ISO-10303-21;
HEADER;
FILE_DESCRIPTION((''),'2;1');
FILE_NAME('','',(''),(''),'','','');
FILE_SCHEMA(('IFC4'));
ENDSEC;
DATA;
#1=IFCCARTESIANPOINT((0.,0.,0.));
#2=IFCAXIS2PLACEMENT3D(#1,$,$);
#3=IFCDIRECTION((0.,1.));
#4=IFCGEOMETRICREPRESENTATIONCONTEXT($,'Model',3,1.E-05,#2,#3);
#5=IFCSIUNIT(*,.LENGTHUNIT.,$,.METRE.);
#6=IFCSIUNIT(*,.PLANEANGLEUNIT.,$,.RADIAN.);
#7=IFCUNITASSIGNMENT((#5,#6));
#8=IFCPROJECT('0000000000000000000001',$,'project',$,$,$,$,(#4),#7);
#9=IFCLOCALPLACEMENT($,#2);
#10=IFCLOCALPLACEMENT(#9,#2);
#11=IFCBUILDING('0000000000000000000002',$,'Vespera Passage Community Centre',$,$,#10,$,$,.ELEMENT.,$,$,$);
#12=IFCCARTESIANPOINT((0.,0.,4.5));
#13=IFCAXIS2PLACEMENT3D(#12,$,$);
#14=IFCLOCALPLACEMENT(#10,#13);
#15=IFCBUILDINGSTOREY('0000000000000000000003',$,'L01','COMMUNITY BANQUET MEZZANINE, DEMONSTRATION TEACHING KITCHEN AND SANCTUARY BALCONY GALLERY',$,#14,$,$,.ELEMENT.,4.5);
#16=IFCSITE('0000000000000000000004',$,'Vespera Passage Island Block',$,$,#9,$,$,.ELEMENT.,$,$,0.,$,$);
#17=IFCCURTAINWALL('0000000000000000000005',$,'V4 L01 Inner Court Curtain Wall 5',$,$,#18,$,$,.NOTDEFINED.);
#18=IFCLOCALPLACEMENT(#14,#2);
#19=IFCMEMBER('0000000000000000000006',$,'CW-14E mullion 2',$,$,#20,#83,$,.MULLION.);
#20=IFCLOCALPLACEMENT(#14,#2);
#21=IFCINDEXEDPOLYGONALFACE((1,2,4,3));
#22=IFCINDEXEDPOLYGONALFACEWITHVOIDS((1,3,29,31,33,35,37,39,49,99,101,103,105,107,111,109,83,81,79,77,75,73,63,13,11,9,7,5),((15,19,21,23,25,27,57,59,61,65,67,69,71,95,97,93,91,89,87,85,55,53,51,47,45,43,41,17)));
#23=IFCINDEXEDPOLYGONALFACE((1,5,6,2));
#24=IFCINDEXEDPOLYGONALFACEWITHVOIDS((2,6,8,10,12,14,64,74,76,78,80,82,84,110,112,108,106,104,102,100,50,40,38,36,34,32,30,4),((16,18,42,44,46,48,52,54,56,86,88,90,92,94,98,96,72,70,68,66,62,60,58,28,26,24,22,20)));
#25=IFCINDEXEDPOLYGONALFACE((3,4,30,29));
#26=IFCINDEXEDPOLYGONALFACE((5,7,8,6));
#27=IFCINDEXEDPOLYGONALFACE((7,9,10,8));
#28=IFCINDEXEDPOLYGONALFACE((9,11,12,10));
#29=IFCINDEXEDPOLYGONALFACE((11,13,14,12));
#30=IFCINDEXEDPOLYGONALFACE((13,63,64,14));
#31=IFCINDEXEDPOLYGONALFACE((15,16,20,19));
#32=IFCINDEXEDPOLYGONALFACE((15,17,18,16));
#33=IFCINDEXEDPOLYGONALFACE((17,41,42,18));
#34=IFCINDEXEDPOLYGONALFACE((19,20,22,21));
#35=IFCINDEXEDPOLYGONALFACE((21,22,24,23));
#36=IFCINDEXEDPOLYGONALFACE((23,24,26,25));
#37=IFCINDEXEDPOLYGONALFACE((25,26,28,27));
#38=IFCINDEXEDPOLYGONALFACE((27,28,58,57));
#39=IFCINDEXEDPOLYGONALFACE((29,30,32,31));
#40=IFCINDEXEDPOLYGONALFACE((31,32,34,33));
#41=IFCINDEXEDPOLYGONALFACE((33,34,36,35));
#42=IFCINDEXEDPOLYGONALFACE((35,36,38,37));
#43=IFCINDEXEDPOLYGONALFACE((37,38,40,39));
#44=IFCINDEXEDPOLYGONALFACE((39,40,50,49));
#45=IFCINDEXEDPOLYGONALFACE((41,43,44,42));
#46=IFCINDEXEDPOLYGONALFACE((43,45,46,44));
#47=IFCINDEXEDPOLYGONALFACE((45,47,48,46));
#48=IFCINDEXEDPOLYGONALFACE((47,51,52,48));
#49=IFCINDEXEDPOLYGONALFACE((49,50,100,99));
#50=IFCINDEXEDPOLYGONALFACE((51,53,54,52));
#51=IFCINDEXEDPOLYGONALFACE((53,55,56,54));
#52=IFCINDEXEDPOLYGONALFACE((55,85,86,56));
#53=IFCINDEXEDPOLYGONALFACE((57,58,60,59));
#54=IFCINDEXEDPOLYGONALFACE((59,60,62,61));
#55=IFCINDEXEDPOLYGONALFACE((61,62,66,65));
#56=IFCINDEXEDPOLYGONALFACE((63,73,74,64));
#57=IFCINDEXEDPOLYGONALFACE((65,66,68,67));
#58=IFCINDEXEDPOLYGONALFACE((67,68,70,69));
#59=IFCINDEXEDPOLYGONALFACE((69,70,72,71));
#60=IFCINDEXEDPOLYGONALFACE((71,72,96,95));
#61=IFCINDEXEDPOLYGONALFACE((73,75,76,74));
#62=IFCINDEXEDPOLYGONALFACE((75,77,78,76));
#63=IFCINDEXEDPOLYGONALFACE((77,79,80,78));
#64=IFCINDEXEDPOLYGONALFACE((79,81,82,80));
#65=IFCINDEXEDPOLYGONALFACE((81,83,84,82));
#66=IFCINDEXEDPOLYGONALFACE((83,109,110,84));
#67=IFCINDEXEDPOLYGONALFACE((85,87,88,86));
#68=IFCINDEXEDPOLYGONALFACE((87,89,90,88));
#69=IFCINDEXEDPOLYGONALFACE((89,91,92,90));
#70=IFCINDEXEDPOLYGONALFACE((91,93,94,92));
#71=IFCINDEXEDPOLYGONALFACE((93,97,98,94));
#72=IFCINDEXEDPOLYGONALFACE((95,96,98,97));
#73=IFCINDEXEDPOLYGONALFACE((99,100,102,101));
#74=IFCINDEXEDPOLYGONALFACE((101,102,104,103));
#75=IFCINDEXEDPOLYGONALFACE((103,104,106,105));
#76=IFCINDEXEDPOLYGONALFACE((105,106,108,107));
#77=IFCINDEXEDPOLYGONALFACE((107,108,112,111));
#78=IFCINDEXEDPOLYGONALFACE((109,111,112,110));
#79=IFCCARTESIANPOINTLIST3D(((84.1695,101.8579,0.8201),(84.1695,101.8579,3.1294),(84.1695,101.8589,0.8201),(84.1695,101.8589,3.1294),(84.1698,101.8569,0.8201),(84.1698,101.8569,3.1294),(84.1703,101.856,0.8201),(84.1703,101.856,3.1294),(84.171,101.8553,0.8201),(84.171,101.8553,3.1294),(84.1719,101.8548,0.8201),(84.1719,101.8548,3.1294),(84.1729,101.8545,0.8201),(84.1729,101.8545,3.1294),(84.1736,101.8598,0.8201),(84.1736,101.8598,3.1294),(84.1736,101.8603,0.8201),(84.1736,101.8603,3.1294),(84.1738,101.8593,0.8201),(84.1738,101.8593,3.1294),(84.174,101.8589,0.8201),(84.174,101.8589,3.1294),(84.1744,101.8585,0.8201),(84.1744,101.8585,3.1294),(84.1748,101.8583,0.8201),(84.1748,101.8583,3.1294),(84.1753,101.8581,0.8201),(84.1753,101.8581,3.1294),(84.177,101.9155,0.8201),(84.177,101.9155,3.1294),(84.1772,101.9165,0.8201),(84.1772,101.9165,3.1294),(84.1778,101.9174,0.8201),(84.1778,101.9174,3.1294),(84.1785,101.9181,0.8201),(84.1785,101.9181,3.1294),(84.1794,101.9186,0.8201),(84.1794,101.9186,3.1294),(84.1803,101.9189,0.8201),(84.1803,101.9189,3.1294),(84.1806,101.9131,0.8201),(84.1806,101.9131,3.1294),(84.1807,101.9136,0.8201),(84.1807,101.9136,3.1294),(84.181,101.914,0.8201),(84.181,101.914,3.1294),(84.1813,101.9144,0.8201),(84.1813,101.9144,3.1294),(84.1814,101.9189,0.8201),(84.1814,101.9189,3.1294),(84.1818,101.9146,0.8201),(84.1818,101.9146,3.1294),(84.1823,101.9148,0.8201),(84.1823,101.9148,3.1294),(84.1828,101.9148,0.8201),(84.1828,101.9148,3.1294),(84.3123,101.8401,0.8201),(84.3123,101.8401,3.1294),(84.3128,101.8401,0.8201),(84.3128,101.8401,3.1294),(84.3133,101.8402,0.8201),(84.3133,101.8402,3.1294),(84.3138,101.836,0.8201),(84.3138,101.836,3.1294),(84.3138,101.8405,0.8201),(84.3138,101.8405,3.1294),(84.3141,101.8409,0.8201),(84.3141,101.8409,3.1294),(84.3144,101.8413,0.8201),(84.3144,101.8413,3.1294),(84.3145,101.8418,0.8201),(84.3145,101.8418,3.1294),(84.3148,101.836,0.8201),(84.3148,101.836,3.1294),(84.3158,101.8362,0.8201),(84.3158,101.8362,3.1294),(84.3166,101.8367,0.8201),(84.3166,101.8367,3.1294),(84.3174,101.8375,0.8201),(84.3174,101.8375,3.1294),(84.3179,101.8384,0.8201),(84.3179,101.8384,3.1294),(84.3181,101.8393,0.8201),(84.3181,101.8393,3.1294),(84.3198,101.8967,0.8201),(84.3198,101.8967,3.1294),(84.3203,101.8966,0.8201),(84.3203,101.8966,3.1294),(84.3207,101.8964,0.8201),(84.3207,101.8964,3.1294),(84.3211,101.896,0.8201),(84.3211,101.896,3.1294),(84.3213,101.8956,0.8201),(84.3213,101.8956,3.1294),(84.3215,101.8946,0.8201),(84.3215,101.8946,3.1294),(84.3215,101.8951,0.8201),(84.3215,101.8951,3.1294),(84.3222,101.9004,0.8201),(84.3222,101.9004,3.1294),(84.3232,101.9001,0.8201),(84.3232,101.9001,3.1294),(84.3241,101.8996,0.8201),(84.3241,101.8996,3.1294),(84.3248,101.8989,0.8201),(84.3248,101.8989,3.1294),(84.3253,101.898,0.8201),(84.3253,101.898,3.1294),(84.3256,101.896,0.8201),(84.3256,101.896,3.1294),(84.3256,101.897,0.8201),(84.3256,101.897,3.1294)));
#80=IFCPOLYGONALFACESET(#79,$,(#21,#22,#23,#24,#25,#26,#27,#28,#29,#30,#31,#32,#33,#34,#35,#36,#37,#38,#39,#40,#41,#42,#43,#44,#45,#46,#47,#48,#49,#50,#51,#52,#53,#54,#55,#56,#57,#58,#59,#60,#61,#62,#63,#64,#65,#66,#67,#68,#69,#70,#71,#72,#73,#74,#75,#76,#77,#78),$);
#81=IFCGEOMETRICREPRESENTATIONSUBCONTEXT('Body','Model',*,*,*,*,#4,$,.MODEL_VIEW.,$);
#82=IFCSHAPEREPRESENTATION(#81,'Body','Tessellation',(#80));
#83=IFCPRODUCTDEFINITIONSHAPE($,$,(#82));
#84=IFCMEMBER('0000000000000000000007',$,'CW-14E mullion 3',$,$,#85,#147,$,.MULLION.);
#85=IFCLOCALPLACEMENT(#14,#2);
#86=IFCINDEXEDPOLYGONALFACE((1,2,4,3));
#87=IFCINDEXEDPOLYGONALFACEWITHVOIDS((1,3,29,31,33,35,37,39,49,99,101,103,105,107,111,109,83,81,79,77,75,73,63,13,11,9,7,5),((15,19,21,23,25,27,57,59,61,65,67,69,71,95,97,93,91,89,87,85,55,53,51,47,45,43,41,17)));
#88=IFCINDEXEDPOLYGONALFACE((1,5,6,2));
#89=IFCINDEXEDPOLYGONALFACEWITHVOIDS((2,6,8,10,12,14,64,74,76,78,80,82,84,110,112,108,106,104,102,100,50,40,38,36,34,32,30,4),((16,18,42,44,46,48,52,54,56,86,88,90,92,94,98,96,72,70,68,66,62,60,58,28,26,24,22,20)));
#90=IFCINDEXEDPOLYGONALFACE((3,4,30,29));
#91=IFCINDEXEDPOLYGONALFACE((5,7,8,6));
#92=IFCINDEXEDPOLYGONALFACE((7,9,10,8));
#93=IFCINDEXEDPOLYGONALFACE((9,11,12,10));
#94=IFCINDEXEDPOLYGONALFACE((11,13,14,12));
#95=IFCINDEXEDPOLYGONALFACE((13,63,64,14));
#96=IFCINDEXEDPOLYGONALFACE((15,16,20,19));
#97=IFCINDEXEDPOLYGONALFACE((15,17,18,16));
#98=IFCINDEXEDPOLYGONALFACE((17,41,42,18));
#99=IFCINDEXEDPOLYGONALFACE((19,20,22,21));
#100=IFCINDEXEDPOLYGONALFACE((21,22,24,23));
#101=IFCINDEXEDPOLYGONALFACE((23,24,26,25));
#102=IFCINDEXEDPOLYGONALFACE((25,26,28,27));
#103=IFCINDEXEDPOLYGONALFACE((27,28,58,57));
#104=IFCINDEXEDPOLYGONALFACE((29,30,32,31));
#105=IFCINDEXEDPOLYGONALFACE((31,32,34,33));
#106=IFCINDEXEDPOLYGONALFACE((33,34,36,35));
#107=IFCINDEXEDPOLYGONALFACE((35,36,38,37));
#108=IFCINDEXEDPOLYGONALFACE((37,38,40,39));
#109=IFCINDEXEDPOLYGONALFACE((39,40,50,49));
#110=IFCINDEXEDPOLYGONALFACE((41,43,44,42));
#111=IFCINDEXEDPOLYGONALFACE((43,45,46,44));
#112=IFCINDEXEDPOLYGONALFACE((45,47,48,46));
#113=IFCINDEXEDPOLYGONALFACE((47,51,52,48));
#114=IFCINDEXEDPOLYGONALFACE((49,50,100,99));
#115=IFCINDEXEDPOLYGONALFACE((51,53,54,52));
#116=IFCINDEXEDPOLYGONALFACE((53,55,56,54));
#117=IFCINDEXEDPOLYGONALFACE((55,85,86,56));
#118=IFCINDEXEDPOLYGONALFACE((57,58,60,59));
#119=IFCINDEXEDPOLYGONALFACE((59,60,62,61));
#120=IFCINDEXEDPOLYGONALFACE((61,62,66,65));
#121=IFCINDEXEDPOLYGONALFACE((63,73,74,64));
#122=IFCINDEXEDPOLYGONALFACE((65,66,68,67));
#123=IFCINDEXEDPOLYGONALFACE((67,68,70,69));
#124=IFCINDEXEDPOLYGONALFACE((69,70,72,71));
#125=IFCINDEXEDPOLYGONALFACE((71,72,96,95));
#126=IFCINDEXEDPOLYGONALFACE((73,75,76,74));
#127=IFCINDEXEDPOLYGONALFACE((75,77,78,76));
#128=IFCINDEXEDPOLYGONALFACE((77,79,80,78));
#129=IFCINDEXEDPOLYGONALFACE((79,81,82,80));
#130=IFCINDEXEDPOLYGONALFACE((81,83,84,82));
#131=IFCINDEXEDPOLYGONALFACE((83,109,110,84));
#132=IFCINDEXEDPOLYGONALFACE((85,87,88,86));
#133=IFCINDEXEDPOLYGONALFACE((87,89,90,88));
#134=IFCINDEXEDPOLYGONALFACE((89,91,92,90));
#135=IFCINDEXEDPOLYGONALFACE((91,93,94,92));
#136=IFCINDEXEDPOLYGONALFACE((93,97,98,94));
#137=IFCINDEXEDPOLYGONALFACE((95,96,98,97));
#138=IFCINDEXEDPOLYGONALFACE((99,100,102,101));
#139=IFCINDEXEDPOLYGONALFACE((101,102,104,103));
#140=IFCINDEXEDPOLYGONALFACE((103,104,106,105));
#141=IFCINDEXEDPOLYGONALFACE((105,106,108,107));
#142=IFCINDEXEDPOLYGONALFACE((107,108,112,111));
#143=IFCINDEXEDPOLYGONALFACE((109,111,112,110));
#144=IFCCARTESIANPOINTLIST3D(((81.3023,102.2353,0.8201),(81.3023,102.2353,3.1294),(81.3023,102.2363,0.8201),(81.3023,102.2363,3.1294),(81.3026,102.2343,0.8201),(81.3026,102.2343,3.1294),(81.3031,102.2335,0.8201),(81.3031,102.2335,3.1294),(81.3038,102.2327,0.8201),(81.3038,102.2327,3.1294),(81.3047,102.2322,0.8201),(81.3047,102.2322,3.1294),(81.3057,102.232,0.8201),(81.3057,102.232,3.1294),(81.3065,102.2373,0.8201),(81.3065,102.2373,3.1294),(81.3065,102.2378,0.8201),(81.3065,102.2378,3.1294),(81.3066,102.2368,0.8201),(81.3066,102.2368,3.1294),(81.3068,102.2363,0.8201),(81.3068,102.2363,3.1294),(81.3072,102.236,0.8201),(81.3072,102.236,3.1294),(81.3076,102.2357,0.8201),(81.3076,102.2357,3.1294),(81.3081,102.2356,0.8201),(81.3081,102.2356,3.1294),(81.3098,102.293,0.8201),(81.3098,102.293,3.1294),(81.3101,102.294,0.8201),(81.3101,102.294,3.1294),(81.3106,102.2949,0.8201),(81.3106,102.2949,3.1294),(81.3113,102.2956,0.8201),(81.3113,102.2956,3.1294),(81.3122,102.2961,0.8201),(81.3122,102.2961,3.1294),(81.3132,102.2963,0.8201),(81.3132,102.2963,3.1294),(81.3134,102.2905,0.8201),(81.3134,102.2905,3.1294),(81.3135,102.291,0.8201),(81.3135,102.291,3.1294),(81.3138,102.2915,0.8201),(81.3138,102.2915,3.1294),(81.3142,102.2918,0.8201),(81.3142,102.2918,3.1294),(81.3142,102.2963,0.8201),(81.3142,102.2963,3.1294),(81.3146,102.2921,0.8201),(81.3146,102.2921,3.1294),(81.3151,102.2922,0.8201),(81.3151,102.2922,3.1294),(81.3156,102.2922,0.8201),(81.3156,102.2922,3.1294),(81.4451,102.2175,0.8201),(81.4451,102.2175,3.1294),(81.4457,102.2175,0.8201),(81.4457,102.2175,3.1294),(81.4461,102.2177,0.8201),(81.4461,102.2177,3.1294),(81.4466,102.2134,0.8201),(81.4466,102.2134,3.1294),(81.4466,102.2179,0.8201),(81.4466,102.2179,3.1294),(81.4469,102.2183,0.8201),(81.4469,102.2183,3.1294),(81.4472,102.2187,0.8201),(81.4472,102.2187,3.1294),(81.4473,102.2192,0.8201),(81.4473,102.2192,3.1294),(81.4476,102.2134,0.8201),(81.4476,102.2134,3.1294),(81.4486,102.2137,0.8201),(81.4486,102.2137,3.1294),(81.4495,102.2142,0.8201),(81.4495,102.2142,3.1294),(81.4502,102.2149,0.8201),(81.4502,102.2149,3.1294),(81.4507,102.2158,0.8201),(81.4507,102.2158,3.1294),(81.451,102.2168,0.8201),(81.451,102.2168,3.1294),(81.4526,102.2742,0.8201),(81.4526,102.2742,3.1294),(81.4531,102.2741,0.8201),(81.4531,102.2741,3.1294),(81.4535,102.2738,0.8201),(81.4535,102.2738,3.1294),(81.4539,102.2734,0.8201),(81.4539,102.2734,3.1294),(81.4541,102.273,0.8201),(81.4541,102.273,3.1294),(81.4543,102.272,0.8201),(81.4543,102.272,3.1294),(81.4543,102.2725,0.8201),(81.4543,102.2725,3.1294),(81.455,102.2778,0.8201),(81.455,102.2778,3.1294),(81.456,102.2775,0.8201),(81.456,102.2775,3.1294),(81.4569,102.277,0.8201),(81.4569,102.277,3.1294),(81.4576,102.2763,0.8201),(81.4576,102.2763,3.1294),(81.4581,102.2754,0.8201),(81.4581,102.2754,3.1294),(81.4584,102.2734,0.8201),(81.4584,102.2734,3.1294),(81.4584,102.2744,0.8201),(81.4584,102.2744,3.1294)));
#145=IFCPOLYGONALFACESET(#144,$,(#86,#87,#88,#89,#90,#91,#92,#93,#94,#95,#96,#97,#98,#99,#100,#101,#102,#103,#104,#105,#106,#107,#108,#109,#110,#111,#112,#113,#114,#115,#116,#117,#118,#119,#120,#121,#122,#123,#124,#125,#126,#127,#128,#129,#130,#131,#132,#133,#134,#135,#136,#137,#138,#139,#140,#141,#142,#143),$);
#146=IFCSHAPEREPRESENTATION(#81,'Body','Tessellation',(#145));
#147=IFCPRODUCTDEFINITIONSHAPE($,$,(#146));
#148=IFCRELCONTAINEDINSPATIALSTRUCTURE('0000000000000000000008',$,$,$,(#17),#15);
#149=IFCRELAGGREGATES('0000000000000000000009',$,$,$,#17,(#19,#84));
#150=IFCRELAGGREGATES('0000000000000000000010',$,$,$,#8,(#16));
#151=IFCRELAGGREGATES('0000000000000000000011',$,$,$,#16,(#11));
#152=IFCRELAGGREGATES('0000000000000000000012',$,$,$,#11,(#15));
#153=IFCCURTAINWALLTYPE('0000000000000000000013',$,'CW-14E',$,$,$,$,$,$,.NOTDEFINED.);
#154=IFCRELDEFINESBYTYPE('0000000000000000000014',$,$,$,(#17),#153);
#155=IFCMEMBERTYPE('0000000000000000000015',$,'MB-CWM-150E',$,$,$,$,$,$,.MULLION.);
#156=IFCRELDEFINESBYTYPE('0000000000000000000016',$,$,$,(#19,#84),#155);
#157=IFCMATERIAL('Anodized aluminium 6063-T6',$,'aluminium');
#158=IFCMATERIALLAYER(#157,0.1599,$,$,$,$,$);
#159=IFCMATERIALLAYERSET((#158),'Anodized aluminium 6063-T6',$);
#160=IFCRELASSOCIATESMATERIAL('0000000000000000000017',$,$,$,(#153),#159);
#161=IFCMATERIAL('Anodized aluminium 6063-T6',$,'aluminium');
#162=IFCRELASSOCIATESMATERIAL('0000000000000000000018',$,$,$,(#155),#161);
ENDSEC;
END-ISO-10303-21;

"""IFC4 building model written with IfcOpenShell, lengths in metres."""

from ifc_helpers import new_model, si_unit, direction, frame, origin, origin_2d, place, context, subcontext, project, spatial, hollow_rectangle, extrude, material, layer, layer_set, material_profile, profile_set, type_object, element, aggregate, save


model = new_model("IFC4")

# Units and contexts
model_context = context("Model", 3, precision=1e-05, world=origin(), true_north=direction((0.0, 1.0)))
body_context = subcontext(model_context, "Body", "Model", "MODEL_VIEW")
ifc_project = project(units=[si_unit("LENGTHUNIT", "METRE"), si_unit("PLANEANGLEUNIT", "RADIAN")], contexts=[model_context])

# Site, building, storey
site_placement = place(None, origin())
site = spatial("IfcSite", under=ifc_project, at=site_placement, Name="Vespera Passage Island Block", CompositionType="ELEMENT", RefElevation=0.0)
building_placement = place(site_placement, origin())
building = spatial("IfcBuilding", under=site, at=building_placement, Name="Vespera Passage Community Centre", CompositionType="ELEMENT")
storey_placement = place(building_placement, frame((0.0, 0.0, 4.5)))
storey = spatial("IfcBuildingStorey", under=building, at=storey_placement, Name="L01", Description="COMMUNITY BANQUET MEZZANINE, DEMONSTRATION TEACHING KITCHEN AND SANCTUARY BALCONY GALLERY", CompositionType="ELEMENT", Elevation=4.5)

# Curtain wall, members
ifc_material_1 = material(Name="Anodized aluminium 6063-T6", Category="aluminium")
ifc_layer_1 = layer(ifc_material_1, 0.1599)
ifc_layer_set_1 = layer_set([ifc_layer_1], Name="Anodized aluminium 6063-T6")
curtain_wall_type_1 = type_object("IfcCurtainWallType", Name="CW-14E", PredefinedType="NOTDEFINED", material=ifc_layer_set_1)
curtain_wall_1_placement = place(storey_placement, origin())
curtain_wall_1 = element("IfcCurtainWall", 1, at=curtain_wall_1_placement, inside=storey, type_object=curtain_wall_type_1, Name="V4 L01 Inner Court Curtain Wall 5", PredefinedType="NOTDEFINED")
ifc_material_2 = material(Name="Anodized aluminium 6063-T6", Category="aluminium")
ifc_material_profile_1 = material_profile(ifc_material_2, hollow_rectangle(XDim=0.0649, YDim=0.1499, WallThickness=0.0039, InnerFilletRadius=0.002, OuterFilletRadius=0.0039, at=origin_2d()), Name="ALU150X65X4")
ifc_profile_set_1 = profile_set([ifc_material_profile_1], Name="Anodized aluminium 6063-T6")
member_type_1 = type_object("IfcMemberType", Name="MB-CWM-150E", PredefinedType="MULLION", material=ifc_profile_set_1)
member_1_placement = place(storey_placement, frame((84.2476, 101.8774, 0.8201), z_axis=(0.0, 0.0, 1.0), x_axis=(-0.130522, -0.991445, 0.0)))
member_1 = element("IfcMember", 2, at=member_1_placement, type_object=member_type_1, Name="CW-14E mullion 2", PredefinedType="MULLION", context=body_context, shape_type="SweptSolid", body=[
    extrude(hollow_rectangle(XDim=0.0649, YDim=0.1499, WallThickness=0.0039, InnerFilletRadius=0.002, OuterFilletRadius=0.0039, at=origin_2d()), origin(), (0.0, 0.0, 1.0), 2.3093),
])
member_2_placement = place(storey_placement, frame((81.3804, 102.2549, 0.8201), z_axis=(0.0, 0.0, 1.0), x_axis=(-0.130522, -0.991445, 0.0)))
member_2 = element("IfcMember", 3, at=member_2_placement, type_object=member_type_1, Name="CW-14E mullion 3", PredefinedType="MULLION", context=body_context, shape_type="SweptSolid", body=[
    extrude(hollow_rectangle(XDim=0.0649, YDim=0.1499, WallThickness=0.0039, InnerFilletRadius=0.002, OuterFilletRadius=0.0039, at=origin_2d()), origin(), (0.0, 0.0, 1.0), 2.3093),
])

aggregate(curtain_wall_1, [member_1, member_2])

save(model, "model.ifc")
